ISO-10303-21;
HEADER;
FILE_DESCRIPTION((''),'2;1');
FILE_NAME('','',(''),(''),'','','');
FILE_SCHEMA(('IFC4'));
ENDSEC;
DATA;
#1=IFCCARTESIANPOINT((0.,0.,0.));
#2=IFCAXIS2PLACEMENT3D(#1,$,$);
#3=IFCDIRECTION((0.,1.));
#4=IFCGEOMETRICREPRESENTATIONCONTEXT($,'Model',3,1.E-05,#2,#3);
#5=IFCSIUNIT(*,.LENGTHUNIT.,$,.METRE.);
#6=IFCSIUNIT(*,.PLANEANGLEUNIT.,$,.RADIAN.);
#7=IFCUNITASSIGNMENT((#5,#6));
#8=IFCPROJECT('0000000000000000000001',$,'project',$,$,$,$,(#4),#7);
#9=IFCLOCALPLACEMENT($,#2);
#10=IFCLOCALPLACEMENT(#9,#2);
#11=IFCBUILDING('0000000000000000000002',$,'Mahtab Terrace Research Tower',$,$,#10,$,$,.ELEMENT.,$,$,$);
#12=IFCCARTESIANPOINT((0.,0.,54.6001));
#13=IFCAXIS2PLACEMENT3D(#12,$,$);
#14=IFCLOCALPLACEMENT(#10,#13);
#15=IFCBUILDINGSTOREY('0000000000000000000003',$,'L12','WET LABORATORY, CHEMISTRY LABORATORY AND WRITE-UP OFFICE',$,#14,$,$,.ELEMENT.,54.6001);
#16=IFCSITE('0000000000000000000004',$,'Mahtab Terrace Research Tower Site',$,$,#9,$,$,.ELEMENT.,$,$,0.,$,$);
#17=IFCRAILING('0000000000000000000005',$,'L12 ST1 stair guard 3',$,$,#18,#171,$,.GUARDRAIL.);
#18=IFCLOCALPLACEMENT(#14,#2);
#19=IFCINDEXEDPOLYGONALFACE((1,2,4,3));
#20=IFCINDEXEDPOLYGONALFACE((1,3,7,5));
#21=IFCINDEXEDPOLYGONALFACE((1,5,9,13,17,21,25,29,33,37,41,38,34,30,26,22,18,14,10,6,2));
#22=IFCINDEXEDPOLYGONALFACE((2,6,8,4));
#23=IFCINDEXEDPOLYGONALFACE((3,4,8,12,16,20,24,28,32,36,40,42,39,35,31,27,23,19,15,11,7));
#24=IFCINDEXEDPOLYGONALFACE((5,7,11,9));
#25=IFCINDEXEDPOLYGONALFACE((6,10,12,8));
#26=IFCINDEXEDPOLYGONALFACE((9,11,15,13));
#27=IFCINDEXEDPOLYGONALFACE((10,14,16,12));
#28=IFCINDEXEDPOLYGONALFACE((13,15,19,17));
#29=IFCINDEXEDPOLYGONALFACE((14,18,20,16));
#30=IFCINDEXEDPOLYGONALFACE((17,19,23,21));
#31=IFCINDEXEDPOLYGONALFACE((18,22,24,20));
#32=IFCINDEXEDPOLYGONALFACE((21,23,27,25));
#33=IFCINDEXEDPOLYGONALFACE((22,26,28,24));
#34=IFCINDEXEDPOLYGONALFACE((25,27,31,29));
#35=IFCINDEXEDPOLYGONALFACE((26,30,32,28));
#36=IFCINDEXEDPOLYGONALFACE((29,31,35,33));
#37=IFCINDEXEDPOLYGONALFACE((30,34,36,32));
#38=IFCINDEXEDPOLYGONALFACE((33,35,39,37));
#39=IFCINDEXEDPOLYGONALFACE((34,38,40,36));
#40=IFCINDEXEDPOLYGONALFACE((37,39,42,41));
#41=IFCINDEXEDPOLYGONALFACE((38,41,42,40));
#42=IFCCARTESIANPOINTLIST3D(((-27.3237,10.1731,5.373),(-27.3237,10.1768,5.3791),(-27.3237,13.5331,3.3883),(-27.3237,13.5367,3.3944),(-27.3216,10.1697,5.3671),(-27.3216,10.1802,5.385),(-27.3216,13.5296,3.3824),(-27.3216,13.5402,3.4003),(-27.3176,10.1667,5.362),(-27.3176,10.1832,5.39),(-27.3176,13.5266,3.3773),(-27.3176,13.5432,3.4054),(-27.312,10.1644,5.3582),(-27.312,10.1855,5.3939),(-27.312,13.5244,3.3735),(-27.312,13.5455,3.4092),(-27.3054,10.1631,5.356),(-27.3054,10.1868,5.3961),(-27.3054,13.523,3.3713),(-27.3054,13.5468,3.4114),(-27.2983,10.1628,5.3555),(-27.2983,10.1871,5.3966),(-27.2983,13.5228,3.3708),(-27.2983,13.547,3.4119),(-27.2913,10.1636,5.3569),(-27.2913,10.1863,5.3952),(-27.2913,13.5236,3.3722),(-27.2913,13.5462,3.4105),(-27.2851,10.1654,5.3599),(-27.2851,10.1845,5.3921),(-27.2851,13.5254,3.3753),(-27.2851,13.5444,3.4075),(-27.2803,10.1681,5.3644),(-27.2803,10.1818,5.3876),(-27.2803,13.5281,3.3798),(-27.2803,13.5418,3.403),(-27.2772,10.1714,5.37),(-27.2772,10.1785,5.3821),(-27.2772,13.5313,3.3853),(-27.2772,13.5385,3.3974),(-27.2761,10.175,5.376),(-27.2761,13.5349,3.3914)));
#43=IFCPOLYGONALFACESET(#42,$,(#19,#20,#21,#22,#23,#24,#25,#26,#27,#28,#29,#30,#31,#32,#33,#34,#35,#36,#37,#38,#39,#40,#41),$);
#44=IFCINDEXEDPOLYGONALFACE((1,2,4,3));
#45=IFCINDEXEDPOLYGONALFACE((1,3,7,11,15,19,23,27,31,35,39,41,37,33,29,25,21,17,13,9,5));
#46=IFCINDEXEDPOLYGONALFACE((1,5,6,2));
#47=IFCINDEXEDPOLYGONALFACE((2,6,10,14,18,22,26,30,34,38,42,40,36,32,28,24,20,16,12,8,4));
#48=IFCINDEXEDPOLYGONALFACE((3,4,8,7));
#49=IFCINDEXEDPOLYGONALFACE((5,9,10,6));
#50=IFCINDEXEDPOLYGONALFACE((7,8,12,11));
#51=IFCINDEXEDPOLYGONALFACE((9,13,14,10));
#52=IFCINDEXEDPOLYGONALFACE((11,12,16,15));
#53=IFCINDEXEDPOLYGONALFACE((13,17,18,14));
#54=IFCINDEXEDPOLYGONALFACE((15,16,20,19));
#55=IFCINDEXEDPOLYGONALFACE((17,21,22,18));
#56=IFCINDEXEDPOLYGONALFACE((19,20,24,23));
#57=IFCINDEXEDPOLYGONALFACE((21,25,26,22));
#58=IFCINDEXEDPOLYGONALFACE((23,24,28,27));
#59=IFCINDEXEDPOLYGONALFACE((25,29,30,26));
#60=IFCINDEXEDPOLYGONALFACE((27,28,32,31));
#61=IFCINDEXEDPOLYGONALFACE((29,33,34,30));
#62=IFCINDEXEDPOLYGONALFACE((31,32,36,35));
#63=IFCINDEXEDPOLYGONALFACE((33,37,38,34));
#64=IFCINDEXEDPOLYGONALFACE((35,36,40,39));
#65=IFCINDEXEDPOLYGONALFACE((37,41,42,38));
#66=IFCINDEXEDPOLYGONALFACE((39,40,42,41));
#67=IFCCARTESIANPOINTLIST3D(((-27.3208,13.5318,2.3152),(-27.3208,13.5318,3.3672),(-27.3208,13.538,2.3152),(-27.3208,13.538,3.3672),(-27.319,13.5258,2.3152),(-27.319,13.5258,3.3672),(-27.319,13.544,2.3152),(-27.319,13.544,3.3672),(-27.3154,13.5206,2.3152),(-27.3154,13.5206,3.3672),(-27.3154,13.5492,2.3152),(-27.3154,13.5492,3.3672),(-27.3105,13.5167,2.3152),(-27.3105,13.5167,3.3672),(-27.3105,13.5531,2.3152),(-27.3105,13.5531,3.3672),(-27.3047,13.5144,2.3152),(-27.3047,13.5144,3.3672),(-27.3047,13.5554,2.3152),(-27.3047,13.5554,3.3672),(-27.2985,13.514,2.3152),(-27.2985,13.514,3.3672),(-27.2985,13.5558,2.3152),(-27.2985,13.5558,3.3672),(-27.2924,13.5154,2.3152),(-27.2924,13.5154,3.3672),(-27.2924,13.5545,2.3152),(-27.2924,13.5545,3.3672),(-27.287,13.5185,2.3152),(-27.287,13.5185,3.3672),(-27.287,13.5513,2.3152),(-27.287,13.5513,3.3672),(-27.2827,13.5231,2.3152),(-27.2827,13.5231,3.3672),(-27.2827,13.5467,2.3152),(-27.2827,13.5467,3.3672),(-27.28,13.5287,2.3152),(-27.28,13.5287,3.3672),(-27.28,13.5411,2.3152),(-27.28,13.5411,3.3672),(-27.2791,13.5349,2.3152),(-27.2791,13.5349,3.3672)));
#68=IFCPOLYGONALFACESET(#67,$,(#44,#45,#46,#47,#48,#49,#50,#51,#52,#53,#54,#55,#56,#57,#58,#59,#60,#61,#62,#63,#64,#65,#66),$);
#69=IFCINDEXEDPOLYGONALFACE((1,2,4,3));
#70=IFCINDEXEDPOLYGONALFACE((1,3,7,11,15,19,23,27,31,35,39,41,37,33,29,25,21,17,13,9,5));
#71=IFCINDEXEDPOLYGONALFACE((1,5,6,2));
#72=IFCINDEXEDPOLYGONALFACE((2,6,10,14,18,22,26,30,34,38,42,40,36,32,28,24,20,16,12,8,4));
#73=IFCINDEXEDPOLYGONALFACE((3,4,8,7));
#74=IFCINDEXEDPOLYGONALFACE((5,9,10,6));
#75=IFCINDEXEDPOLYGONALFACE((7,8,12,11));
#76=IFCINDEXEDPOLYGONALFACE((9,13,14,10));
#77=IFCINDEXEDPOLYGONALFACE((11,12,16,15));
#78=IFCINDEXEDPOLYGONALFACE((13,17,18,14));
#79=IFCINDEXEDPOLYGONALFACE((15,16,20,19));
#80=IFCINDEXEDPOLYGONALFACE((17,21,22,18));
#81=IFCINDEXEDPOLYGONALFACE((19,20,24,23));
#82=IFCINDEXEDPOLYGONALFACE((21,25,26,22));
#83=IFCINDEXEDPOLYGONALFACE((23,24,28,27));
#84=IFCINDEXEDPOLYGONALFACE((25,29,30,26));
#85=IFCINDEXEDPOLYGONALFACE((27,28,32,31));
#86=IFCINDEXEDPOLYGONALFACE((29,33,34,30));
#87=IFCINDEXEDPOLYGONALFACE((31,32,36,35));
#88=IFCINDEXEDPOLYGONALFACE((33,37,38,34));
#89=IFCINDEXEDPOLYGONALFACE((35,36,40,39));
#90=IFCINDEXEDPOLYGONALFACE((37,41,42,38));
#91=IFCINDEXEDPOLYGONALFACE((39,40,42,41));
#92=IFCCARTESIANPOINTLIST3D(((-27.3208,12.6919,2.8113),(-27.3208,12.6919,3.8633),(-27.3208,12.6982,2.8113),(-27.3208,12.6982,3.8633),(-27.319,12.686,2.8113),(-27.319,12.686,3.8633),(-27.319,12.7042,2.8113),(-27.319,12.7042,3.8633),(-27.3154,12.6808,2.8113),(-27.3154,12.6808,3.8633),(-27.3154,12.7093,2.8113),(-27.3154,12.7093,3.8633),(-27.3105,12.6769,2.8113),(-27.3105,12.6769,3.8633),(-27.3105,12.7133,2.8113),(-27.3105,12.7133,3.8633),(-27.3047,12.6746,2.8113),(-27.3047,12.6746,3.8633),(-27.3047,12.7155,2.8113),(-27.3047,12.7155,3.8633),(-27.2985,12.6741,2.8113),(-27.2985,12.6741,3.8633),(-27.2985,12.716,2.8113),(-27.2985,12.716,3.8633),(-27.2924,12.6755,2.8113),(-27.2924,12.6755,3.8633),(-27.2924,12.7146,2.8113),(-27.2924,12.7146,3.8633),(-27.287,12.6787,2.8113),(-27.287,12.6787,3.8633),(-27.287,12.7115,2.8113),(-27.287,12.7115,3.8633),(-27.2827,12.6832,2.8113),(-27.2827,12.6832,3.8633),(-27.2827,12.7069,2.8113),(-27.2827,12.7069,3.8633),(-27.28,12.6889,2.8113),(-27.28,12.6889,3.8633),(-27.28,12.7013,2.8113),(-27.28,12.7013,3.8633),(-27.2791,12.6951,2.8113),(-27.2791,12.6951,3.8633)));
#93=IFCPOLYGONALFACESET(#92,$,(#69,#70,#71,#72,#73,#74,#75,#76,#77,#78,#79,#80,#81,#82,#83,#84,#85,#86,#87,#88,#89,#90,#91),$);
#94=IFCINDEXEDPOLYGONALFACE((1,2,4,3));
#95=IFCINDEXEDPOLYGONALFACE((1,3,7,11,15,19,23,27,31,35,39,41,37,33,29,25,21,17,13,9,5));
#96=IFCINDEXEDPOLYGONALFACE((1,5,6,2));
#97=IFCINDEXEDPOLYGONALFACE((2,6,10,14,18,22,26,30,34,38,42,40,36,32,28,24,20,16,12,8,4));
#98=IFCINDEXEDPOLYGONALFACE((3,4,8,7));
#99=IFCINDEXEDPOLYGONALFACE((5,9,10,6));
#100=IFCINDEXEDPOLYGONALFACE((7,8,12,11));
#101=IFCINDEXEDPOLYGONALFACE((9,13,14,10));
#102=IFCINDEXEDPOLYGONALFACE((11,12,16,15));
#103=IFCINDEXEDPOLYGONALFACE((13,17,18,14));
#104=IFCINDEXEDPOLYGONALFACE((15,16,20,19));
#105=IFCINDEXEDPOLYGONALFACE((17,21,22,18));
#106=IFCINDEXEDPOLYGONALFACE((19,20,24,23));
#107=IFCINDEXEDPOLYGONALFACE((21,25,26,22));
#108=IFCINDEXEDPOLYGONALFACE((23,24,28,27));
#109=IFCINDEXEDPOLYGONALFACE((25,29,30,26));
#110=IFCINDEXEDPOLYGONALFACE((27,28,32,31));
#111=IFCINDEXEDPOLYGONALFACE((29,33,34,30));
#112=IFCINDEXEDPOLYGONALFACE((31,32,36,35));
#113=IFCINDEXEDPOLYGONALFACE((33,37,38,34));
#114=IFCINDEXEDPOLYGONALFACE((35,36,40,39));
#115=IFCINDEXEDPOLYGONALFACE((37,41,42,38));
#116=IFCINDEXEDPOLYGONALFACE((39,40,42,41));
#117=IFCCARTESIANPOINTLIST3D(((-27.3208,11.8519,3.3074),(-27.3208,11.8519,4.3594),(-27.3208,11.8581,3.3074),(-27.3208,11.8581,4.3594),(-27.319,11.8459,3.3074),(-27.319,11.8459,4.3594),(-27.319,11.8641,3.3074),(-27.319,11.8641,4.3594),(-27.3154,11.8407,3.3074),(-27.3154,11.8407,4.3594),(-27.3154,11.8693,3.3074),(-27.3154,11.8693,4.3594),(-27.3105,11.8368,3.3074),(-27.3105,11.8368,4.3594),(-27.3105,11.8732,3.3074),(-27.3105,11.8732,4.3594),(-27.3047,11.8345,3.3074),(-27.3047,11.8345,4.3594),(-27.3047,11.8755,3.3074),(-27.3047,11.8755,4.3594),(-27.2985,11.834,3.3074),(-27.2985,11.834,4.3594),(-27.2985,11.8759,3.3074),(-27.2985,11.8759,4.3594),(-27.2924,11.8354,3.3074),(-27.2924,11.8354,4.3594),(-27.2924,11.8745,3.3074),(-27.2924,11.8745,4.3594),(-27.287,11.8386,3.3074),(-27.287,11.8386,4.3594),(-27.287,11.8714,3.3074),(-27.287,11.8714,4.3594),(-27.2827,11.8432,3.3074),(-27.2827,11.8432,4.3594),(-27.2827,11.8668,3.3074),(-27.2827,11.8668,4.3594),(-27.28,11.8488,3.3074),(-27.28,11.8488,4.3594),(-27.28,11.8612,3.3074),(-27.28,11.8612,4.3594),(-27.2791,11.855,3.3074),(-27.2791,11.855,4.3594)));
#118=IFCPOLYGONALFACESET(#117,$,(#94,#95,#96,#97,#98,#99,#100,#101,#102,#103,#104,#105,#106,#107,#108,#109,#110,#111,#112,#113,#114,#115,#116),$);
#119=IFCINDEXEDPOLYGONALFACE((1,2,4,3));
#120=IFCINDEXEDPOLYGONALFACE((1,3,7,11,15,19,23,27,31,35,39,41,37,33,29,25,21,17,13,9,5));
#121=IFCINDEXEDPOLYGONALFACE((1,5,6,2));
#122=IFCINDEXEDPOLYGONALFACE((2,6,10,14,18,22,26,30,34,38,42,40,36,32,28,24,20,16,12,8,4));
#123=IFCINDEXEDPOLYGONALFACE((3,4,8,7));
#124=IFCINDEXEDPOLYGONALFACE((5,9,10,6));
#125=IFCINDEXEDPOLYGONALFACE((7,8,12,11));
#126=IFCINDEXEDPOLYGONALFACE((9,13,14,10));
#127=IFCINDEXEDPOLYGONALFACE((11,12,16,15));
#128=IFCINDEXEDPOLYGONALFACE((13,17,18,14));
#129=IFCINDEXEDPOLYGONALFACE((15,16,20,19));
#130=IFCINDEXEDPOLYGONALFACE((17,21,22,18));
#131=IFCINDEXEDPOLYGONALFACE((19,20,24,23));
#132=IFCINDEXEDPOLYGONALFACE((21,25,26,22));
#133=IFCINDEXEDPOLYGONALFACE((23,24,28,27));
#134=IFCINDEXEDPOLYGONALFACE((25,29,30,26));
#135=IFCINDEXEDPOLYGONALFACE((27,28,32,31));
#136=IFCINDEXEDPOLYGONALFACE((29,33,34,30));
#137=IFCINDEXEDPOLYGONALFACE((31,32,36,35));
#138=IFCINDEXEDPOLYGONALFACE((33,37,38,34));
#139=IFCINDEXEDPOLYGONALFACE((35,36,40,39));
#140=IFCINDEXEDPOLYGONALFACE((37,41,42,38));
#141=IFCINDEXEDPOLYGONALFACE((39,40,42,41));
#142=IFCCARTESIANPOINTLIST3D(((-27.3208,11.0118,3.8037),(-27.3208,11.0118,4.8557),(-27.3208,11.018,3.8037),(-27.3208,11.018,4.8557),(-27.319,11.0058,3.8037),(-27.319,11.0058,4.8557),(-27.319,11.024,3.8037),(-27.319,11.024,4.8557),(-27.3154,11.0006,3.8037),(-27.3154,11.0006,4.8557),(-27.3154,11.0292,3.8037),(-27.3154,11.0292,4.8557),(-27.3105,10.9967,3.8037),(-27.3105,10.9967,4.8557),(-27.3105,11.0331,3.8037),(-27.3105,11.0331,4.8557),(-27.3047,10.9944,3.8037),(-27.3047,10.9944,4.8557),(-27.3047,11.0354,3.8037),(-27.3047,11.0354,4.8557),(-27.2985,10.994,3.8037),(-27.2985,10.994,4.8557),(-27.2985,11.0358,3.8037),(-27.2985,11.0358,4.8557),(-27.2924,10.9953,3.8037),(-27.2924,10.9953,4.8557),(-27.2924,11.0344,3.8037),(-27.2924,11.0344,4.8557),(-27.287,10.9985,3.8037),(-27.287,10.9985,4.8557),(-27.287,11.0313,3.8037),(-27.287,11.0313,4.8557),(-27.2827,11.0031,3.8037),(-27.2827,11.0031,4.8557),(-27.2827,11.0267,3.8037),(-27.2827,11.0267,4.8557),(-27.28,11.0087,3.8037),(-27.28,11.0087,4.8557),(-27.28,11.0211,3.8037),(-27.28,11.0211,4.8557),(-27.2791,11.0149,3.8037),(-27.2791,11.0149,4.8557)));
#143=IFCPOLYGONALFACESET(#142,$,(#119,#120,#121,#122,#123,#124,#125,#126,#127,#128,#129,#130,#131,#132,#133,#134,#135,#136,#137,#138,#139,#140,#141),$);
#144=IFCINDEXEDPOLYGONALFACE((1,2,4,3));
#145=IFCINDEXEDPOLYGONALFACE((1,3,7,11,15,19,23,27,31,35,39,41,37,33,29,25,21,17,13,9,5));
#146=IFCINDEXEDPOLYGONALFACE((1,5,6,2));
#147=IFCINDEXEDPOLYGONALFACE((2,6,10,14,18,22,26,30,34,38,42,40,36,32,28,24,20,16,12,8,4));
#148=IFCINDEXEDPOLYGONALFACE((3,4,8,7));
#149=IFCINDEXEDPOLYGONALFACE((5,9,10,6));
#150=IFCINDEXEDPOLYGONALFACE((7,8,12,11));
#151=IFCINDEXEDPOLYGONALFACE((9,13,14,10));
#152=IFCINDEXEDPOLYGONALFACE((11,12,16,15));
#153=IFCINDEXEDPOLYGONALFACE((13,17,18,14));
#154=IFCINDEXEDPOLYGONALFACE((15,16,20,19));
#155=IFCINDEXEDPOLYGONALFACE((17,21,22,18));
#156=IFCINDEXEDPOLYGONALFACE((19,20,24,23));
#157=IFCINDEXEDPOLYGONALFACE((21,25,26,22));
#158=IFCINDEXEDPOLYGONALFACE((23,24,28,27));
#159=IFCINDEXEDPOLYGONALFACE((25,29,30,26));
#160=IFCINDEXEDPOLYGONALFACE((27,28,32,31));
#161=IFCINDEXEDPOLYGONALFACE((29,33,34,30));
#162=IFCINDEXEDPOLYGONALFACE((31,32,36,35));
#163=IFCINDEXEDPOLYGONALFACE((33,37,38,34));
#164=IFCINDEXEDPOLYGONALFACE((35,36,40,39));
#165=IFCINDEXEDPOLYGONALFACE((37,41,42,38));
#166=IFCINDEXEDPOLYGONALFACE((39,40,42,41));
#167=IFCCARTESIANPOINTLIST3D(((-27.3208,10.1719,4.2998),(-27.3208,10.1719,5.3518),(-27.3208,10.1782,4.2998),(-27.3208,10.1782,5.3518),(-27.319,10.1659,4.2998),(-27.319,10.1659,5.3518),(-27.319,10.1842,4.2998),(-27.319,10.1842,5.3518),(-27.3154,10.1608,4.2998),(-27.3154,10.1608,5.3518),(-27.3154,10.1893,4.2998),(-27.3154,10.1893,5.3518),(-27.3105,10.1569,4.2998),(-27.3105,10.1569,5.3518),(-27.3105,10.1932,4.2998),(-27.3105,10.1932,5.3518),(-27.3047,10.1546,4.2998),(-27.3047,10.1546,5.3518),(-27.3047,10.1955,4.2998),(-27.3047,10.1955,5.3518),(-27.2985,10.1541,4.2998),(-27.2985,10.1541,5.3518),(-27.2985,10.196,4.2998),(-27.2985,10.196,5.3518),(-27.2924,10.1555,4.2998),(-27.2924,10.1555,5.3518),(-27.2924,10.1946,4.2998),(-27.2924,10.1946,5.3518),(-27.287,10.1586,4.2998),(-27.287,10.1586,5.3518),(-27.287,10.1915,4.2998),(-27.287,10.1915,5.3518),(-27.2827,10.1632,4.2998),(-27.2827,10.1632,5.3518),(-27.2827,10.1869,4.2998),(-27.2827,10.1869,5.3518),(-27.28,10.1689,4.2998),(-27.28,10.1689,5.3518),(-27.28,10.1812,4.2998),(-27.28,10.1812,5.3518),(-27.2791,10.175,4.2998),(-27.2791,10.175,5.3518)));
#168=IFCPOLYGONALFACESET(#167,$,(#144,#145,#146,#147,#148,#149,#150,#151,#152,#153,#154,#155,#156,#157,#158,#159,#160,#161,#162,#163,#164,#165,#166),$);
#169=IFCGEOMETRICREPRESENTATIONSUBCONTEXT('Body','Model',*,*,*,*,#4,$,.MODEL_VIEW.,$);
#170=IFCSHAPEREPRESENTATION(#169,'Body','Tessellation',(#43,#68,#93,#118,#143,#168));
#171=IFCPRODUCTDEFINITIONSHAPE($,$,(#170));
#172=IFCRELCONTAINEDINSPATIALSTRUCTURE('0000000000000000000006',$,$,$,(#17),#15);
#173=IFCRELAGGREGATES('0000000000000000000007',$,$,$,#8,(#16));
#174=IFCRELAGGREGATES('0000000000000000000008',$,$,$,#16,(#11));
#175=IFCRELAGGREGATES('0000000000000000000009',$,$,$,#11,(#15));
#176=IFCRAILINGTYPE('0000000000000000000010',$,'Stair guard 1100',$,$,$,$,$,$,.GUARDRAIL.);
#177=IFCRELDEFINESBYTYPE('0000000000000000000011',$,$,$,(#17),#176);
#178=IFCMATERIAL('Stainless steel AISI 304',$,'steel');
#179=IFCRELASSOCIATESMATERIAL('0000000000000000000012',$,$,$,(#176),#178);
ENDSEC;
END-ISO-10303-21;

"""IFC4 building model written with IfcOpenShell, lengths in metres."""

from ifc_helpers import new_model, si_unit, direction, frame, origin, origin_2d, place, context, subcontext, project, spatial, circle, extrude, material, type_object, element, save


model = new_model("IFC4")

# Units and contexts
model_context = context("Model", 3, precision=1e-05, world=origin(), true_north=direction((0.0, 1.0)))
body_context = subcontext(model_context, "Body", "Model", "MODEL_VIEW")
ifc_project = project(units=[si_unit("LENGTHUNIT", "METRE"), si_unit("PLANEANGLEUNIT", "RADIAN")], contexts=[model_context])

# Site, building, storey
site_placement = place(None, origin())
site = spatial("IfcSite", under=ifc_project, at=site_placement, Name="Mahtab Terrace Research Tower Site", CompositionType="ELEMENT", RefElevation=0.0)
building_placement = place(site_placement, origin())
building = spatial("IfcBuilding", under=site, at=building_placement, Name="Mahtab Terrace Research Tower", CompositionType="ELEMENT")
storey_placement = place(building_placement, frame((0.0, 0.0, 54.6001)))
storey = spatial("IfcBuildingStorey", under=building, at=storey_placement, Name="L12", Description="WET LABORATORY, CHEMISTRY LABORATORY AND WRITE-UP OFFICE", CompositionType="ELEMENT", Elevation=54.6001)

# Railing
ifc_material_1 = material(Name="Stainless steel AISI 304", Category="steel")
railing_type_1 = type_object("IfcRailingType", Name="Stair guard 1100", PredefinedType="GUARDRAIL", material=ifc_material_1)
railing_1_placement = place(storey_placement, frame((-27.3, 13.5349, 2.3152)))
element("IfcRailing", 1, at=railing_1_placement, inside=storey, type_object=railing_type_1, Name="L12 ST1 stair guard 3", PredefinedType="GUARDRAIL", context=body_context, shape_type="SweptSolid", body=[
    extrude(circle(Radius=0.0239, at=origin_2d()), frame((0.0, 0.0, 1.0762), z_axis=(0.0, -0.861011, 0.508586), x_axis=(1.0, 0.0, 0.0)), (0.0, 0.0, 1.0), 3.9023),
    extrude(circle(Radius=0.021, at=origin_2d()), origin(), (0.0, 0.0, 1.0), 1.052),
    extrude(circle(Radius=0.021, at=origin_2d()), frame((0.0, -0.8398, 0.4961)), (0.0, 0.0, 1.0), 1.052),
    extrude(circle(Radius=0.021, at=origin_2d()), frame((0.0, -1.6799, 0.9922)), (0.0, 0.0, 1.0), 1.052),
    extrude(circle(Radius=0.021, at=origin_2d()), frame((0.0, -2.52, 1.4885)), (0.0, 0.0, 1.0), 1.052),
    extrude(circle(Radius=0.021, at=origin_2d()), frame((0.0, -3.3599, 1.9846)), (0.0, 0.0, 1.0), 1.052),
])

save(model, "model.ifc")
